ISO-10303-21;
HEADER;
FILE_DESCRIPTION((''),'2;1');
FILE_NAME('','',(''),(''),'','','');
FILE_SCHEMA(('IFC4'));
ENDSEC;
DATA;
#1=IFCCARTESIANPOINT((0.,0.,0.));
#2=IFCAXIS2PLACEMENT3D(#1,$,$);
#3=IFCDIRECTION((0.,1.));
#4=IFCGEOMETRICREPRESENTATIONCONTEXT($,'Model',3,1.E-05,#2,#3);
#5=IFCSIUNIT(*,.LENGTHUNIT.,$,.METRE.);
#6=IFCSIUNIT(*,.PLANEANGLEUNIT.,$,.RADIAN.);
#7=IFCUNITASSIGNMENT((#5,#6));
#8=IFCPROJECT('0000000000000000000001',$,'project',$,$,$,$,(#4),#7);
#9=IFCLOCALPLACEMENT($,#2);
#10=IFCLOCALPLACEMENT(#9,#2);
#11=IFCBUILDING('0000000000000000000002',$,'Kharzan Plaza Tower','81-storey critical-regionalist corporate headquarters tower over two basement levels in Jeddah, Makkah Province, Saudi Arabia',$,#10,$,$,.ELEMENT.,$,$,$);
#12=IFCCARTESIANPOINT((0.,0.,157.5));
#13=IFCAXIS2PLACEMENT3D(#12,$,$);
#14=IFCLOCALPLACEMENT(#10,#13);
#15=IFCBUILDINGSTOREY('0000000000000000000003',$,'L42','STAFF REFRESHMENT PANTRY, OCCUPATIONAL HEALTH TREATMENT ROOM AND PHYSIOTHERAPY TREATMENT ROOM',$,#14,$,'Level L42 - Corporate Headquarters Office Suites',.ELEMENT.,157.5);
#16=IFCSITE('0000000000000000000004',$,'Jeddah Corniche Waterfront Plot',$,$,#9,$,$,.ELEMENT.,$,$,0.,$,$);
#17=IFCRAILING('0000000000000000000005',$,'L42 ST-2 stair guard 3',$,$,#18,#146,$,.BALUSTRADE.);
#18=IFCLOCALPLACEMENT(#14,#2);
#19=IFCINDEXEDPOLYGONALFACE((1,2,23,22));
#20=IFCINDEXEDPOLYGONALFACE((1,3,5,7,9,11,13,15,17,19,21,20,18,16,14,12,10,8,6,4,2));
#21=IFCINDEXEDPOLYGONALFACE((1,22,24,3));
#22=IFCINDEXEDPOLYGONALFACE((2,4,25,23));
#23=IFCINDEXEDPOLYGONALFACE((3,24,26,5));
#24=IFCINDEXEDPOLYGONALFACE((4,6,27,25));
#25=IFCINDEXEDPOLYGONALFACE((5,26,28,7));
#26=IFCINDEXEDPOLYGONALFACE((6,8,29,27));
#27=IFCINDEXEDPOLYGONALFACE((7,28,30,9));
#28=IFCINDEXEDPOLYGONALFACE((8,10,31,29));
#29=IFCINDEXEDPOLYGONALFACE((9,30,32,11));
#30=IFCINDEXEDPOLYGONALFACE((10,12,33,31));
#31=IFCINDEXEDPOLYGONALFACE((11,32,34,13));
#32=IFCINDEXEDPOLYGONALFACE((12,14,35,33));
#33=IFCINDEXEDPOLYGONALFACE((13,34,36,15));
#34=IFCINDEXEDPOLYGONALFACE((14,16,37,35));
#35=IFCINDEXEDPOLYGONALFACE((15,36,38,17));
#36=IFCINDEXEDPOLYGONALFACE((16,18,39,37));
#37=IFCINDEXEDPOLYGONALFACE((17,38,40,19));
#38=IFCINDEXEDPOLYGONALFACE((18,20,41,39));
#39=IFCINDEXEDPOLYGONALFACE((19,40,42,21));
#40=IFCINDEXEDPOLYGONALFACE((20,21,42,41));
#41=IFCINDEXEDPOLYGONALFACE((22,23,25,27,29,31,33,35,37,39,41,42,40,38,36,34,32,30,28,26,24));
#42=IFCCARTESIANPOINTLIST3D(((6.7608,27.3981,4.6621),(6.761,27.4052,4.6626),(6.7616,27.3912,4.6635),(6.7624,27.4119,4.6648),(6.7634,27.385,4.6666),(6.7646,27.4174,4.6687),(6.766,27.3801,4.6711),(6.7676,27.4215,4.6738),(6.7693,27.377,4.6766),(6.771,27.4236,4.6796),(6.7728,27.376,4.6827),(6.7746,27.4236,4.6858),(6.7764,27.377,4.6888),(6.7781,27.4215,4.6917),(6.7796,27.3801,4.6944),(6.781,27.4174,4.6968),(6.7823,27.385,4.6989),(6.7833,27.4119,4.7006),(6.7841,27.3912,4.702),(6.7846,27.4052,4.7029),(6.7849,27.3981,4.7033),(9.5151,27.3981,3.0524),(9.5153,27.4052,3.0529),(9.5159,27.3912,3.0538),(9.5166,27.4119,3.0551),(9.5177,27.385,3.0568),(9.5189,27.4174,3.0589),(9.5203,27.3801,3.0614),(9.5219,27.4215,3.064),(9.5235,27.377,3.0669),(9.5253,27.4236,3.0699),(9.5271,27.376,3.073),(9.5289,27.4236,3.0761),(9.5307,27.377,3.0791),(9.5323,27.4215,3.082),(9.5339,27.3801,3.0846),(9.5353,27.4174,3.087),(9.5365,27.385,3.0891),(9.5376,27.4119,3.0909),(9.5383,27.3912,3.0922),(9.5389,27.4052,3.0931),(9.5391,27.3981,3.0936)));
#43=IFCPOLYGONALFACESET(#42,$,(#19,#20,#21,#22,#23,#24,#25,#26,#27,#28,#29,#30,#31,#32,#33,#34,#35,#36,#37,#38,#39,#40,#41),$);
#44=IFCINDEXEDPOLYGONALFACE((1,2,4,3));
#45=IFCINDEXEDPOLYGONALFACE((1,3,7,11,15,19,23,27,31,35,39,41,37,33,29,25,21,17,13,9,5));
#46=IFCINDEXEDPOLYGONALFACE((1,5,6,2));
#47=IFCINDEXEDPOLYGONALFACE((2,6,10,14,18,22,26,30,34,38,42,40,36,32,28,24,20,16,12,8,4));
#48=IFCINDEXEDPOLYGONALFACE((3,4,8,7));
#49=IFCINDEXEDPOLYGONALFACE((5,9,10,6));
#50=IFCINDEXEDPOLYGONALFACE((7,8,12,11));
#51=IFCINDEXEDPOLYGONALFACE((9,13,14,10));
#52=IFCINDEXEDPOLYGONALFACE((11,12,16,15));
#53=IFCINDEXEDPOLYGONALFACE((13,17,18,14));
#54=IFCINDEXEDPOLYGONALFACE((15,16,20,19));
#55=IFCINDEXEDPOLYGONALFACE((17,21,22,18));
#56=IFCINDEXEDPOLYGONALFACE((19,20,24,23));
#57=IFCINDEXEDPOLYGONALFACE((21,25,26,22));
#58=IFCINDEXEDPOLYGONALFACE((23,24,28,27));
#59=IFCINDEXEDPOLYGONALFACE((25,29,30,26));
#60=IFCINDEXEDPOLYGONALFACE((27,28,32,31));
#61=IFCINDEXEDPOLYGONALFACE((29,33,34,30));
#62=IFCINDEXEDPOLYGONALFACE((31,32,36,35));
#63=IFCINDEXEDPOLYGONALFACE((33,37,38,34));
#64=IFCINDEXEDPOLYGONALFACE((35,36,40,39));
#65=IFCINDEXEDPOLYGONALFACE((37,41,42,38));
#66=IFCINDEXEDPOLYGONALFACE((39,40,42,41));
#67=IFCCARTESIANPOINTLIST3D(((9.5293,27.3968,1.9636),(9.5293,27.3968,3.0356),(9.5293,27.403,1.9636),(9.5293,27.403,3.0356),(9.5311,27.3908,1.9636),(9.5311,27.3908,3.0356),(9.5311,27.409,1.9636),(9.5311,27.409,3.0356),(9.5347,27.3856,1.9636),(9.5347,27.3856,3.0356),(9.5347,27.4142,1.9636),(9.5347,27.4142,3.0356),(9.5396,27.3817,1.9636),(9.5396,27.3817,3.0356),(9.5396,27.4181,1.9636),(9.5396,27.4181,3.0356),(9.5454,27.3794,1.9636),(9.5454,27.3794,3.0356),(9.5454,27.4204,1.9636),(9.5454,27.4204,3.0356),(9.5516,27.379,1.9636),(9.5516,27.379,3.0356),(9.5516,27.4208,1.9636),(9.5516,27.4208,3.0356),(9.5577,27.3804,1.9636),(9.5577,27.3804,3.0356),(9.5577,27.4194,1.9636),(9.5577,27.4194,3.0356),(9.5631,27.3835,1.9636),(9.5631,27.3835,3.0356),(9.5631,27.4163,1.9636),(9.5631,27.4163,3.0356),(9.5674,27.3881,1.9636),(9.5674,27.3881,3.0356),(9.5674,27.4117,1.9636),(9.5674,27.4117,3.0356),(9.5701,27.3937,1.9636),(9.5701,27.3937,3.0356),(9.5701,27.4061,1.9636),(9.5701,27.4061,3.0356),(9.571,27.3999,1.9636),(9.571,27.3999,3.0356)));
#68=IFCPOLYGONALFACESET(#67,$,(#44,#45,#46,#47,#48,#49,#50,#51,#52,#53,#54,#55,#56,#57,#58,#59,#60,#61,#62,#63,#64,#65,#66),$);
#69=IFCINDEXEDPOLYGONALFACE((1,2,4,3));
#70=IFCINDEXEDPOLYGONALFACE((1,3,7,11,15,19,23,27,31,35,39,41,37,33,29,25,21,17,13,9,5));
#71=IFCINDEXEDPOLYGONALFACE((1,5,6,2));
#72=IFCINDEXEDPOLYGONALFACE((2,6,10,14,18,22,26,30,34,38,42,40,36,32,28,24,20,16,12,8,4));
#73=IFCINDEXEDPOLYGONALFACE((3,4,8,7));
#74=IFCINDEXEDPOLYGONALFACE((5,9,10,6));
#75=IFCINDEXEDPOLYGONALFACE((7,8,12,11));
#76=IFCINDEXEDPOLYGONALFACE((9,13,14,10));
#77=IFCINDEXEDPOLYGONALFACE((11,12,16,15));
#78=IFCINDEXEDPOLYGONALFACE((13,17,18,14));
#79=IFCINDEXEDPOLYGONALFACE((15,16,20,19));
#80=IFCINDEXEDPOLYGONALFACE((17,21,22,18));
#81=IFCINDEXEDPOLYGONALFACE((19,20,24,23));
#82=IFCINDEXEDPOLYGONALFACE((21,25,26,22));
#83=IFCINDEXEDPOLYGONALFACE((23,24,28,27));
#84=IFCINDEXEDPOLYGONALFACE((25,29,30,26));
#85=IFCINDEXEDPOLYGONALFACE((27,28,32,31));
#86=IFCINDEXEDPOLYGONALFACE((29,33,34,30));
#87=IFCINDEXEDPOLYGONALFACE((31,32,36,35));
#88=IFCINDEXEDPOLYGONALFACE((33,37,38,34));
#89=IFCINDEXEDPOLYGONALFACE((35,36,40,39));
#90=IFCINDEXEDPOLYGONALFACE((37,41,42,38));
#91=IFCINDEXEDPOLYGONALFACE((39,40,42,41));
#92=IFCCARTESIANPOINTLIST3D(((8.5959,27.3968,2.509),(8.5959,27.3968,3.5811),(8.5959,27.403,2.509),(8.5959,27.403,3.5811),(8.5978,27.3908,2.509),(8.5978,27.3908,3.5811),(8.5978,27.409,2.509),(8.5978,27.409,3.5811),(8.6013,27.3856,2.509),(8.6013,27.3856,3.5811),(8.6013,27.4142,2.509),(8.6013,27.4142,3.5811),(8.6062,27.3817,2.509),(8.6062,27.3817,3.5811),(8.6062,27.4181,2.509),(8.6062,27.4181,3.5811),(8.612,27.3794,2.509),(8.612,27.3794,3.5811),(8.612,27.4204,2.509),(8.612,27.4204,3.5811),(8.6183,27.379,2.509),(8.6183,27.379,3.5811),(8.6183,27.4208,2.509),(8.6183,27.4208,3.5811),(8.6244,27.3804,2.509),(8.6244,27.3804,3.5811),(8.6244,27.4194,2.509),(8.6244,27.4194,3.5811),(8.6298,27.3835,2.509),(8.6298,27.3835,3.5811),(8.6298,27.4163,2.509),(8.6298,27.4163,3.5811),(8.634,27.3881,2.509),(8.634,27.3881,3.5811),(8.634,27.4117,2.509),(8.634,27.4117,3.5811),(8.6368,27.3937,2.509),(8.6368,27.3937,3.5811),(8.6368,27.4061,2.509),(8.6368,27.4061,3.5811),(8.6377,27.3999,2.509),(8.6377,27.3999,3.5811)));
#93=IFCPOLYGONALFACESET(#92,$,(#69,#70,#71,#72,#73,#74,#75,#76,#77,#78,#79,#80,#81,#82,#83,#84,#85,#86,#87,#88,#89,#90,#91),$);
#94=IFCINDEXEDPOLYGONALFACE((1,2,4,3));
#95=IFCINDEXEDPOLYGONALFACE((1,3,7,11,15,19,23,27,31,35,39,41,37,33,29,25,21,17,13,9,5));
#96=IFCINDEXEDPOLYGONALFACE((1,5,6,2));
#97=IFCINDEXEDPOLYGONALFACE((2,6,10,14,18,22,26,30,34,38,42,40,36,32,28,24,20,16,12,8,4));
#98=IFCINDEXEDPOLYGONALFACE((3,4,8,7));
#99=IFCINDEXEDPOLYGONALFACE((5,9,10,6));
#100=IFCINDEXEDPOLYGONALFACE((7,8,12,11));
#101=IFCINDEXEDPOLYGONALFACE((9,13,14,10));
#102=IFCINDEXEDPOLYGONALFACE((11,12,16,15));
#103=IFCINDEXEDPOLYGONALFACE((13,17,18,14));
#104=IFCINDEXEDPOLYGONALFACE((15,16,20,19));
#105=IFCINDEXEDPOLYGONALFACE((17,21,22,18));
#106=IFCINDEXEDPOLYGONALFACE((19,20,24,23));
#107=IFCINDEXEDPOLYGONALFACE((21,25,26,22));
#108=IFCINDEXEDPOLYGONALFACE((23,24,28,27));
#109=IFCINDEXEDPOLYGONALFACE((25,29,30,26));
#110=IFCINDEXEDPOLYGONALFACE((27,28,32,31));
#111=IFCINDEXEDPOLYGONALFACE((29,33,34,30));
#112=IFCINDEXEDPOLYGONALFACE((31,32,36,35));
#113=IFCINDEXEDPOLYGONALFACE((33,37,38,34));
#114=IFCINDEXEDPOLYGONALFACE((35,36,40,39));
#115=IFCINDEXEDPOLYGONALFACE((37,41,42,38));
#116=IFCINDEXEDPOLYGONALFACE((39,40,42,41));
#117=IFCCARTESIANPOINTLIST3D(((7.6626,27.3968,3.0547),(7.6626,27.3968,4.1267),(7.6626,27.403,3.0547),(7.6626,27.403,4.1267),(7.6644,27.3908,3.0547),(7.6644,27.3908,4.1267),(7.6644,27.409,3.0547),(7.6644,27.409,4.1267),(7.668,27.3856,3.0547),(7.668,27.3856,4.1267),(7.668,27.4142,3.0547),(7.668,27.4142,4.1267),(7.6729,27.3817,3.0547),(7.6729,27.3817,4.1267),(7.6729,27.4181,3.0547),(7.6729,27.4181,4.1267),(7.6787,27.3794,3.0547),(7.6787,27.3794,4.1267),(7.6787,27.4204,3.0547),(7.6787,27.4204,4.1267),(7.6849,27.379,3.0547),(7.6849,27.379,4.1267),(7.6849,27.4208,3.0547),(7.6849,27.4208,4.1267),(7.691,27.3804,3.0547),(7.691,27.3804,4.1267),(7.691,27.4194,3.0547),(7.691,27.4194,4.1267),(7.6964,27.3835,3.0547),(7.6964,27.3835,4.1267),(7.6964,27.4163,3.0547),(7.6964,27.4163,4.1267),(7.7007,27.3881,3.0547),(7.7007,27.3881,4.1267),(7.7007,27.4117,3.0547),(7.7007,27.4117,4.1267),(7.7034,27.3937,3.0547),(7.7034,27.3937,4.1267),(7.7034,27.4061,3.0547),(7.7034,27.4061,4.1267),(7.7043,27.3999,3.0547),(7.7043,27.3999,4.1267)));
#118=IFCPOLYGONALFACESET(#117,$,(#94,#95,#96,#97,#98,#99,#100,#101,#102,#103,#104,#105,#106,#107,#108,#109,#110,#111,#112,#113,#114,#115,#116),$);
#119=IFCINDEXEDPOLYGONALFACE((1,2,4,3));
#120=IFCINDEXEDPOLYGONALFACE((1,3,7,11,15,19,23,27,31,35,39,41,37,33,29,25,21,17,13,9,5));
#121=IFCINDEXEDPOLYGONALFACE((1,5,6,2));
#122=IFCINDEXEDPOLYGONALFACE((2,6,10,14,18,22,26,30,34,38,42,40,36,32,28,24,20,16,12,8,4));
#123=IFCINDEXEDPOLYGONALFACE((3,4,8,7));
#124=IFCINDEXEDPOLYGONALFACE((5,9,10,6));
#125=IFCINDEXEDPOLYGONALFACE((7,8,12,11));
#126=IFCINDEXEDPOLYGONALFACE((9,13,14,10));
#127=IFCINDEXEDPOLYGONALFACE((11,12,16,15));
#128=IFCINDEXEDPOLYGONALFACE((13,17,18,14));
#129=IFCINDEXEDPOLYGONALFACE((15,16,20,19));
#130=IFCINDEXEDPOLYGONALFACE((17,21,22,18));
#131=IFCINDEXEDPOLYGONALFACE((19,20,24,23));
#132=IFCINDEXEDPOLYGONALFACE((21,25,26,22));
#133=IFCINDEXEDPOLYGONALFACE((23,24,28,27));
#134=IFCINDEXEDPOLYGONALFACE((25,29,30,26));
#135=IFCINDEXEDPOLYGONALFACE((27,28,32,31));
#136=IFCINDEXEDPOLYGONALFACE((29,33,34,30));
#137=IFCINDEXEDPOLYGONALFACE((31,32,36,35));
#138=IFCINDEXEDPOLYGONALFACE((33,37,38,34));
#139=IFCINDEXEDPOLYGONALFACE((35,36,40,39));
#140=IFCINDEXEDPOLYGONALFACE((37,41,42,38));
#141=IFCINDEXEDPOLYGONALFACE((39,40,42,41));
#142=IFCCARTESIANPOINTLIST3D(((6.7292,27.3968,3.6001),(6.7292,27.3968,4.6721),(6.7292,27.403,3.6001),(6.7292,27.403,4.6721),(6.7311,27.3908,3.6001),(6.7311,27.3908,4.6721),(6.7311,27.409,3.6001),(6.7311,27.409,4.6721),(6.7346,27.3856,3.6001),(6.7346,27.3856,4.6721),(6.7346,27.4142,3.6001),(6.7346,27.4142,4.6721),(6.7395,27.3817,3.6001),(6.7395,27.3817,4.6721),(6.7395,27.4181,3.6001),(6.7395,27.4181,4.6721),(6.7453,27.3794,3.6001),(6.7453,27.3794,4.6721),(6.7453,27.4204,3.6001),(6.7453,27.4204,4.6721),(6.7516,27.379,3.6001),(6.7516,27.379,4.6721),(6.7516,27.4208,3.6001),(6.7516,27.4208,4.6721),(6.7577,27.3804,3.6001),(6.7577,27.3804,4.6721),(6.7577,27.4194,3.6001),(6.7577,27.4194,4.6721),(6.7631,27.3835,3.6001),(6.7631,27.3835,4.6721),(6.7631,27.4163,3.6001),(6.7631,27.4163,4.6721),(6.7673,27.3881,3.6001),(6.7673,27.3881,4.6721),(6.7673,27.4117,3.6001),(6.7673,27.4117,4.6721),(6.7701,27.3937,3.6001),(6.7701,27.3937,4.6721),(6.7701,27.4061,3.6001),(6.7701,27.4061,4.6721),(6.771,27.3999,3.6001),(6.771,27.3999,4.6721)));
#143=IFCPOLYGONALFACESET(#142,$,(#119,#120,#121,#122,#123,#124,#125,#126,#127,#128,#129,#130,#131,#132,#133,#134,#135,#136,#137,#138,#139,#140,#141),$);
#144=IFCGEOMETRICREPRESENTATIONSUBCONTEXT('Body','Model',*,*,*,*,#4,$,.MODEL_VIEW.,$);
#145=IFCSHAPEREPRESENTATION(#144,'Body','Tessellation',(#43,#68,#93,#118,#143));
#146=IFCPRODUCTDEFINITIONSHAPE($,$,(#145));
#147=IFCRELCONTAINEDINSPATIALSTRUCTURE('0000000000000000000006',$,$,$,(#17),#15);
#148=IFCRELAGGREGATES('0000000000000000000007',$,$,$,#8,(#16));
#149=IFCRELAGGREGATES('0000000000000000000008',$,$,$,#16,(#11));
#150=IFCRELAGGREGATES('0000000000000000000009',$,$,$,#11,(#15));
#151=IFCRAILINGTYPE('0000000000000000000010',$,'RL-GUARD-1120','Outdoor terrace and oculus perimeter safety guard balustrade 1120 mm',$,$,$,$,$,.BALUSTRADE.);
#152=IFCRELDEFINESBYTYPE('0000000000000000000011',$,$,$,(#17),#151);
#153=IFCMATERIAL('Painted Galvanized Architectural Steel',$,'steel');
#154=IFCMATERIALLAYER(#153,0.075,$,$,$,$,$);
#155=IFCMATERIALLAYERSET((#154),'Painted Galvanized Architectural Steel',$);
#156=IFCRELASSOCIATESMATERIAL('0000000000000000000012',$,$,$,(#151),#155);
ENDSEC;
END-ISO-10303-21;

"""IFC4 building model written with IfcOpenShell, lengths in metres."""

from ifc_helpers import new_model, si_unit, direction, frame, origin, origin_2d, place, context, subcontext, project, spatial, circle, extrude, source, transform, mapped, material, layer, layer_set, type_object, element, save


model = new_model("IFC4")

# Units and contexts
model_context = context("Model", 3, precision=1e-05, world=origin(), true_north=direction((0.0, 1.0)))
body_context = subcontext(model_context, "Body", "Model", "MODEL_VIEW")
ifc_project = project(units=[si_unit("LENGTHUNIT", "METRE"), si_unit("PLANEANGLEUNIT", "RADIAN")], contexts=[model_context])

# Site, building, storey
site_placement = place(None, origin())
site = spatial("IfcSite", under=ifc_project, at=site_placement, Name="Jeddah Corniche Waterfront Plot", CompositionType="ELEMENT", RefElevation=0.0)
building_placement = place(site_placement, origin())
building = spatial("IfcBuilding", under=site, at=building_placement, Name="Kharzan Plaza Tower", Description="81-storey critical-regionalist corporate headquarters tower over two basement levels in Jeddah, Makkah Province, Saudi Arabia", CompositionType="ELEMENT")
storey_placement = place(building_placement, frame((0.0, 0.0, 157.5)))
storey = spatial("IfcBuildingStorey", under=building, at=storey_placement, Name="L42", Description="STAFF REFRESHMENT PANTRY, OCCUPATIONAL HEALTH TREATMENT ROOM AND PHYSIOTHERAPY TREATMENT ROOM", LongName="Level L42 - Corporate Headquarters Office Suites", CompositionType="ELEMENT", Elevation=157.5)

# Railing
ifc_material_1 = material(Name="Painted Galvanized Architectural Steel", Category="steel")
ifc_layer_1 = layer(ifc_material_1, 0.075)
ifc_layer_set_1 = layer_set([ifc_layer_1], Name="Painted Galvanized Architectural Steel")
railing_type_1 = type_object("IfcRailingType", Name="RL-GUARD-1120", Description="Outdoor terrace and oculus perimeter safety guard balustrade 1120 mm", PredefinedType="BALUSTRADE", material=ifc_layer_set_1)
shared_shape_1 = source(origin(), body_context, "Body", "SweptSolid", [
    extrude(circle(Radius=0.0239, at=origin_2d()), frame((-0.0229, 0.0, 1.1094), z_axis=(-0.863361, 0.0, 0.504587), x_axis=(0.0, -1.0, 0.0)), (0.0, 0.0, 1.0), 3.1902),
    extrude(circle(Radius=0.021, at=origin_2d()), origin(), (0.0, 0.0, 1.0), 1.072),
    extrude(circle(Radius=0.021, at=origin_2d()), frame((-0.9333, 0.0, 0.5454)), (0.0, 0.0, 1.0), 1.072),
    extrude(circle(Radius=0.021, at=origin_2d()), frame((-1.8667, 0.0, 1.0911)), (0.0, 0.0, 1.0), 1.072),
    extrude(circle(Radius=0.021, at=origin_2d()), frame((-2.8, 0.0, 1.6365)), (0.0, 0.0, 1.0), 1.072),
])
railing_1_placement = place(storey_placement, frame((9.55, 27.3999, 1.9636)))
element("IfcRailing", 1, at=railing_1_placement, inside=storey, type_object=railing_type_1, Name="L42 ST-2 stair guard 3", PredefinedType="BALUSTRADE", context=body_context, shape_type="MappedRepresentation", body=[
    mapped(shared_shape_1, transform((0.0, 0.0, 0.0), x_axis=(1.0, 0.0, 0.0), y_axis=(0.0, 1.0, 0.0), z_axis=(0.0, 0.0, 1.0))),
])

save(model, "model.ifc")
